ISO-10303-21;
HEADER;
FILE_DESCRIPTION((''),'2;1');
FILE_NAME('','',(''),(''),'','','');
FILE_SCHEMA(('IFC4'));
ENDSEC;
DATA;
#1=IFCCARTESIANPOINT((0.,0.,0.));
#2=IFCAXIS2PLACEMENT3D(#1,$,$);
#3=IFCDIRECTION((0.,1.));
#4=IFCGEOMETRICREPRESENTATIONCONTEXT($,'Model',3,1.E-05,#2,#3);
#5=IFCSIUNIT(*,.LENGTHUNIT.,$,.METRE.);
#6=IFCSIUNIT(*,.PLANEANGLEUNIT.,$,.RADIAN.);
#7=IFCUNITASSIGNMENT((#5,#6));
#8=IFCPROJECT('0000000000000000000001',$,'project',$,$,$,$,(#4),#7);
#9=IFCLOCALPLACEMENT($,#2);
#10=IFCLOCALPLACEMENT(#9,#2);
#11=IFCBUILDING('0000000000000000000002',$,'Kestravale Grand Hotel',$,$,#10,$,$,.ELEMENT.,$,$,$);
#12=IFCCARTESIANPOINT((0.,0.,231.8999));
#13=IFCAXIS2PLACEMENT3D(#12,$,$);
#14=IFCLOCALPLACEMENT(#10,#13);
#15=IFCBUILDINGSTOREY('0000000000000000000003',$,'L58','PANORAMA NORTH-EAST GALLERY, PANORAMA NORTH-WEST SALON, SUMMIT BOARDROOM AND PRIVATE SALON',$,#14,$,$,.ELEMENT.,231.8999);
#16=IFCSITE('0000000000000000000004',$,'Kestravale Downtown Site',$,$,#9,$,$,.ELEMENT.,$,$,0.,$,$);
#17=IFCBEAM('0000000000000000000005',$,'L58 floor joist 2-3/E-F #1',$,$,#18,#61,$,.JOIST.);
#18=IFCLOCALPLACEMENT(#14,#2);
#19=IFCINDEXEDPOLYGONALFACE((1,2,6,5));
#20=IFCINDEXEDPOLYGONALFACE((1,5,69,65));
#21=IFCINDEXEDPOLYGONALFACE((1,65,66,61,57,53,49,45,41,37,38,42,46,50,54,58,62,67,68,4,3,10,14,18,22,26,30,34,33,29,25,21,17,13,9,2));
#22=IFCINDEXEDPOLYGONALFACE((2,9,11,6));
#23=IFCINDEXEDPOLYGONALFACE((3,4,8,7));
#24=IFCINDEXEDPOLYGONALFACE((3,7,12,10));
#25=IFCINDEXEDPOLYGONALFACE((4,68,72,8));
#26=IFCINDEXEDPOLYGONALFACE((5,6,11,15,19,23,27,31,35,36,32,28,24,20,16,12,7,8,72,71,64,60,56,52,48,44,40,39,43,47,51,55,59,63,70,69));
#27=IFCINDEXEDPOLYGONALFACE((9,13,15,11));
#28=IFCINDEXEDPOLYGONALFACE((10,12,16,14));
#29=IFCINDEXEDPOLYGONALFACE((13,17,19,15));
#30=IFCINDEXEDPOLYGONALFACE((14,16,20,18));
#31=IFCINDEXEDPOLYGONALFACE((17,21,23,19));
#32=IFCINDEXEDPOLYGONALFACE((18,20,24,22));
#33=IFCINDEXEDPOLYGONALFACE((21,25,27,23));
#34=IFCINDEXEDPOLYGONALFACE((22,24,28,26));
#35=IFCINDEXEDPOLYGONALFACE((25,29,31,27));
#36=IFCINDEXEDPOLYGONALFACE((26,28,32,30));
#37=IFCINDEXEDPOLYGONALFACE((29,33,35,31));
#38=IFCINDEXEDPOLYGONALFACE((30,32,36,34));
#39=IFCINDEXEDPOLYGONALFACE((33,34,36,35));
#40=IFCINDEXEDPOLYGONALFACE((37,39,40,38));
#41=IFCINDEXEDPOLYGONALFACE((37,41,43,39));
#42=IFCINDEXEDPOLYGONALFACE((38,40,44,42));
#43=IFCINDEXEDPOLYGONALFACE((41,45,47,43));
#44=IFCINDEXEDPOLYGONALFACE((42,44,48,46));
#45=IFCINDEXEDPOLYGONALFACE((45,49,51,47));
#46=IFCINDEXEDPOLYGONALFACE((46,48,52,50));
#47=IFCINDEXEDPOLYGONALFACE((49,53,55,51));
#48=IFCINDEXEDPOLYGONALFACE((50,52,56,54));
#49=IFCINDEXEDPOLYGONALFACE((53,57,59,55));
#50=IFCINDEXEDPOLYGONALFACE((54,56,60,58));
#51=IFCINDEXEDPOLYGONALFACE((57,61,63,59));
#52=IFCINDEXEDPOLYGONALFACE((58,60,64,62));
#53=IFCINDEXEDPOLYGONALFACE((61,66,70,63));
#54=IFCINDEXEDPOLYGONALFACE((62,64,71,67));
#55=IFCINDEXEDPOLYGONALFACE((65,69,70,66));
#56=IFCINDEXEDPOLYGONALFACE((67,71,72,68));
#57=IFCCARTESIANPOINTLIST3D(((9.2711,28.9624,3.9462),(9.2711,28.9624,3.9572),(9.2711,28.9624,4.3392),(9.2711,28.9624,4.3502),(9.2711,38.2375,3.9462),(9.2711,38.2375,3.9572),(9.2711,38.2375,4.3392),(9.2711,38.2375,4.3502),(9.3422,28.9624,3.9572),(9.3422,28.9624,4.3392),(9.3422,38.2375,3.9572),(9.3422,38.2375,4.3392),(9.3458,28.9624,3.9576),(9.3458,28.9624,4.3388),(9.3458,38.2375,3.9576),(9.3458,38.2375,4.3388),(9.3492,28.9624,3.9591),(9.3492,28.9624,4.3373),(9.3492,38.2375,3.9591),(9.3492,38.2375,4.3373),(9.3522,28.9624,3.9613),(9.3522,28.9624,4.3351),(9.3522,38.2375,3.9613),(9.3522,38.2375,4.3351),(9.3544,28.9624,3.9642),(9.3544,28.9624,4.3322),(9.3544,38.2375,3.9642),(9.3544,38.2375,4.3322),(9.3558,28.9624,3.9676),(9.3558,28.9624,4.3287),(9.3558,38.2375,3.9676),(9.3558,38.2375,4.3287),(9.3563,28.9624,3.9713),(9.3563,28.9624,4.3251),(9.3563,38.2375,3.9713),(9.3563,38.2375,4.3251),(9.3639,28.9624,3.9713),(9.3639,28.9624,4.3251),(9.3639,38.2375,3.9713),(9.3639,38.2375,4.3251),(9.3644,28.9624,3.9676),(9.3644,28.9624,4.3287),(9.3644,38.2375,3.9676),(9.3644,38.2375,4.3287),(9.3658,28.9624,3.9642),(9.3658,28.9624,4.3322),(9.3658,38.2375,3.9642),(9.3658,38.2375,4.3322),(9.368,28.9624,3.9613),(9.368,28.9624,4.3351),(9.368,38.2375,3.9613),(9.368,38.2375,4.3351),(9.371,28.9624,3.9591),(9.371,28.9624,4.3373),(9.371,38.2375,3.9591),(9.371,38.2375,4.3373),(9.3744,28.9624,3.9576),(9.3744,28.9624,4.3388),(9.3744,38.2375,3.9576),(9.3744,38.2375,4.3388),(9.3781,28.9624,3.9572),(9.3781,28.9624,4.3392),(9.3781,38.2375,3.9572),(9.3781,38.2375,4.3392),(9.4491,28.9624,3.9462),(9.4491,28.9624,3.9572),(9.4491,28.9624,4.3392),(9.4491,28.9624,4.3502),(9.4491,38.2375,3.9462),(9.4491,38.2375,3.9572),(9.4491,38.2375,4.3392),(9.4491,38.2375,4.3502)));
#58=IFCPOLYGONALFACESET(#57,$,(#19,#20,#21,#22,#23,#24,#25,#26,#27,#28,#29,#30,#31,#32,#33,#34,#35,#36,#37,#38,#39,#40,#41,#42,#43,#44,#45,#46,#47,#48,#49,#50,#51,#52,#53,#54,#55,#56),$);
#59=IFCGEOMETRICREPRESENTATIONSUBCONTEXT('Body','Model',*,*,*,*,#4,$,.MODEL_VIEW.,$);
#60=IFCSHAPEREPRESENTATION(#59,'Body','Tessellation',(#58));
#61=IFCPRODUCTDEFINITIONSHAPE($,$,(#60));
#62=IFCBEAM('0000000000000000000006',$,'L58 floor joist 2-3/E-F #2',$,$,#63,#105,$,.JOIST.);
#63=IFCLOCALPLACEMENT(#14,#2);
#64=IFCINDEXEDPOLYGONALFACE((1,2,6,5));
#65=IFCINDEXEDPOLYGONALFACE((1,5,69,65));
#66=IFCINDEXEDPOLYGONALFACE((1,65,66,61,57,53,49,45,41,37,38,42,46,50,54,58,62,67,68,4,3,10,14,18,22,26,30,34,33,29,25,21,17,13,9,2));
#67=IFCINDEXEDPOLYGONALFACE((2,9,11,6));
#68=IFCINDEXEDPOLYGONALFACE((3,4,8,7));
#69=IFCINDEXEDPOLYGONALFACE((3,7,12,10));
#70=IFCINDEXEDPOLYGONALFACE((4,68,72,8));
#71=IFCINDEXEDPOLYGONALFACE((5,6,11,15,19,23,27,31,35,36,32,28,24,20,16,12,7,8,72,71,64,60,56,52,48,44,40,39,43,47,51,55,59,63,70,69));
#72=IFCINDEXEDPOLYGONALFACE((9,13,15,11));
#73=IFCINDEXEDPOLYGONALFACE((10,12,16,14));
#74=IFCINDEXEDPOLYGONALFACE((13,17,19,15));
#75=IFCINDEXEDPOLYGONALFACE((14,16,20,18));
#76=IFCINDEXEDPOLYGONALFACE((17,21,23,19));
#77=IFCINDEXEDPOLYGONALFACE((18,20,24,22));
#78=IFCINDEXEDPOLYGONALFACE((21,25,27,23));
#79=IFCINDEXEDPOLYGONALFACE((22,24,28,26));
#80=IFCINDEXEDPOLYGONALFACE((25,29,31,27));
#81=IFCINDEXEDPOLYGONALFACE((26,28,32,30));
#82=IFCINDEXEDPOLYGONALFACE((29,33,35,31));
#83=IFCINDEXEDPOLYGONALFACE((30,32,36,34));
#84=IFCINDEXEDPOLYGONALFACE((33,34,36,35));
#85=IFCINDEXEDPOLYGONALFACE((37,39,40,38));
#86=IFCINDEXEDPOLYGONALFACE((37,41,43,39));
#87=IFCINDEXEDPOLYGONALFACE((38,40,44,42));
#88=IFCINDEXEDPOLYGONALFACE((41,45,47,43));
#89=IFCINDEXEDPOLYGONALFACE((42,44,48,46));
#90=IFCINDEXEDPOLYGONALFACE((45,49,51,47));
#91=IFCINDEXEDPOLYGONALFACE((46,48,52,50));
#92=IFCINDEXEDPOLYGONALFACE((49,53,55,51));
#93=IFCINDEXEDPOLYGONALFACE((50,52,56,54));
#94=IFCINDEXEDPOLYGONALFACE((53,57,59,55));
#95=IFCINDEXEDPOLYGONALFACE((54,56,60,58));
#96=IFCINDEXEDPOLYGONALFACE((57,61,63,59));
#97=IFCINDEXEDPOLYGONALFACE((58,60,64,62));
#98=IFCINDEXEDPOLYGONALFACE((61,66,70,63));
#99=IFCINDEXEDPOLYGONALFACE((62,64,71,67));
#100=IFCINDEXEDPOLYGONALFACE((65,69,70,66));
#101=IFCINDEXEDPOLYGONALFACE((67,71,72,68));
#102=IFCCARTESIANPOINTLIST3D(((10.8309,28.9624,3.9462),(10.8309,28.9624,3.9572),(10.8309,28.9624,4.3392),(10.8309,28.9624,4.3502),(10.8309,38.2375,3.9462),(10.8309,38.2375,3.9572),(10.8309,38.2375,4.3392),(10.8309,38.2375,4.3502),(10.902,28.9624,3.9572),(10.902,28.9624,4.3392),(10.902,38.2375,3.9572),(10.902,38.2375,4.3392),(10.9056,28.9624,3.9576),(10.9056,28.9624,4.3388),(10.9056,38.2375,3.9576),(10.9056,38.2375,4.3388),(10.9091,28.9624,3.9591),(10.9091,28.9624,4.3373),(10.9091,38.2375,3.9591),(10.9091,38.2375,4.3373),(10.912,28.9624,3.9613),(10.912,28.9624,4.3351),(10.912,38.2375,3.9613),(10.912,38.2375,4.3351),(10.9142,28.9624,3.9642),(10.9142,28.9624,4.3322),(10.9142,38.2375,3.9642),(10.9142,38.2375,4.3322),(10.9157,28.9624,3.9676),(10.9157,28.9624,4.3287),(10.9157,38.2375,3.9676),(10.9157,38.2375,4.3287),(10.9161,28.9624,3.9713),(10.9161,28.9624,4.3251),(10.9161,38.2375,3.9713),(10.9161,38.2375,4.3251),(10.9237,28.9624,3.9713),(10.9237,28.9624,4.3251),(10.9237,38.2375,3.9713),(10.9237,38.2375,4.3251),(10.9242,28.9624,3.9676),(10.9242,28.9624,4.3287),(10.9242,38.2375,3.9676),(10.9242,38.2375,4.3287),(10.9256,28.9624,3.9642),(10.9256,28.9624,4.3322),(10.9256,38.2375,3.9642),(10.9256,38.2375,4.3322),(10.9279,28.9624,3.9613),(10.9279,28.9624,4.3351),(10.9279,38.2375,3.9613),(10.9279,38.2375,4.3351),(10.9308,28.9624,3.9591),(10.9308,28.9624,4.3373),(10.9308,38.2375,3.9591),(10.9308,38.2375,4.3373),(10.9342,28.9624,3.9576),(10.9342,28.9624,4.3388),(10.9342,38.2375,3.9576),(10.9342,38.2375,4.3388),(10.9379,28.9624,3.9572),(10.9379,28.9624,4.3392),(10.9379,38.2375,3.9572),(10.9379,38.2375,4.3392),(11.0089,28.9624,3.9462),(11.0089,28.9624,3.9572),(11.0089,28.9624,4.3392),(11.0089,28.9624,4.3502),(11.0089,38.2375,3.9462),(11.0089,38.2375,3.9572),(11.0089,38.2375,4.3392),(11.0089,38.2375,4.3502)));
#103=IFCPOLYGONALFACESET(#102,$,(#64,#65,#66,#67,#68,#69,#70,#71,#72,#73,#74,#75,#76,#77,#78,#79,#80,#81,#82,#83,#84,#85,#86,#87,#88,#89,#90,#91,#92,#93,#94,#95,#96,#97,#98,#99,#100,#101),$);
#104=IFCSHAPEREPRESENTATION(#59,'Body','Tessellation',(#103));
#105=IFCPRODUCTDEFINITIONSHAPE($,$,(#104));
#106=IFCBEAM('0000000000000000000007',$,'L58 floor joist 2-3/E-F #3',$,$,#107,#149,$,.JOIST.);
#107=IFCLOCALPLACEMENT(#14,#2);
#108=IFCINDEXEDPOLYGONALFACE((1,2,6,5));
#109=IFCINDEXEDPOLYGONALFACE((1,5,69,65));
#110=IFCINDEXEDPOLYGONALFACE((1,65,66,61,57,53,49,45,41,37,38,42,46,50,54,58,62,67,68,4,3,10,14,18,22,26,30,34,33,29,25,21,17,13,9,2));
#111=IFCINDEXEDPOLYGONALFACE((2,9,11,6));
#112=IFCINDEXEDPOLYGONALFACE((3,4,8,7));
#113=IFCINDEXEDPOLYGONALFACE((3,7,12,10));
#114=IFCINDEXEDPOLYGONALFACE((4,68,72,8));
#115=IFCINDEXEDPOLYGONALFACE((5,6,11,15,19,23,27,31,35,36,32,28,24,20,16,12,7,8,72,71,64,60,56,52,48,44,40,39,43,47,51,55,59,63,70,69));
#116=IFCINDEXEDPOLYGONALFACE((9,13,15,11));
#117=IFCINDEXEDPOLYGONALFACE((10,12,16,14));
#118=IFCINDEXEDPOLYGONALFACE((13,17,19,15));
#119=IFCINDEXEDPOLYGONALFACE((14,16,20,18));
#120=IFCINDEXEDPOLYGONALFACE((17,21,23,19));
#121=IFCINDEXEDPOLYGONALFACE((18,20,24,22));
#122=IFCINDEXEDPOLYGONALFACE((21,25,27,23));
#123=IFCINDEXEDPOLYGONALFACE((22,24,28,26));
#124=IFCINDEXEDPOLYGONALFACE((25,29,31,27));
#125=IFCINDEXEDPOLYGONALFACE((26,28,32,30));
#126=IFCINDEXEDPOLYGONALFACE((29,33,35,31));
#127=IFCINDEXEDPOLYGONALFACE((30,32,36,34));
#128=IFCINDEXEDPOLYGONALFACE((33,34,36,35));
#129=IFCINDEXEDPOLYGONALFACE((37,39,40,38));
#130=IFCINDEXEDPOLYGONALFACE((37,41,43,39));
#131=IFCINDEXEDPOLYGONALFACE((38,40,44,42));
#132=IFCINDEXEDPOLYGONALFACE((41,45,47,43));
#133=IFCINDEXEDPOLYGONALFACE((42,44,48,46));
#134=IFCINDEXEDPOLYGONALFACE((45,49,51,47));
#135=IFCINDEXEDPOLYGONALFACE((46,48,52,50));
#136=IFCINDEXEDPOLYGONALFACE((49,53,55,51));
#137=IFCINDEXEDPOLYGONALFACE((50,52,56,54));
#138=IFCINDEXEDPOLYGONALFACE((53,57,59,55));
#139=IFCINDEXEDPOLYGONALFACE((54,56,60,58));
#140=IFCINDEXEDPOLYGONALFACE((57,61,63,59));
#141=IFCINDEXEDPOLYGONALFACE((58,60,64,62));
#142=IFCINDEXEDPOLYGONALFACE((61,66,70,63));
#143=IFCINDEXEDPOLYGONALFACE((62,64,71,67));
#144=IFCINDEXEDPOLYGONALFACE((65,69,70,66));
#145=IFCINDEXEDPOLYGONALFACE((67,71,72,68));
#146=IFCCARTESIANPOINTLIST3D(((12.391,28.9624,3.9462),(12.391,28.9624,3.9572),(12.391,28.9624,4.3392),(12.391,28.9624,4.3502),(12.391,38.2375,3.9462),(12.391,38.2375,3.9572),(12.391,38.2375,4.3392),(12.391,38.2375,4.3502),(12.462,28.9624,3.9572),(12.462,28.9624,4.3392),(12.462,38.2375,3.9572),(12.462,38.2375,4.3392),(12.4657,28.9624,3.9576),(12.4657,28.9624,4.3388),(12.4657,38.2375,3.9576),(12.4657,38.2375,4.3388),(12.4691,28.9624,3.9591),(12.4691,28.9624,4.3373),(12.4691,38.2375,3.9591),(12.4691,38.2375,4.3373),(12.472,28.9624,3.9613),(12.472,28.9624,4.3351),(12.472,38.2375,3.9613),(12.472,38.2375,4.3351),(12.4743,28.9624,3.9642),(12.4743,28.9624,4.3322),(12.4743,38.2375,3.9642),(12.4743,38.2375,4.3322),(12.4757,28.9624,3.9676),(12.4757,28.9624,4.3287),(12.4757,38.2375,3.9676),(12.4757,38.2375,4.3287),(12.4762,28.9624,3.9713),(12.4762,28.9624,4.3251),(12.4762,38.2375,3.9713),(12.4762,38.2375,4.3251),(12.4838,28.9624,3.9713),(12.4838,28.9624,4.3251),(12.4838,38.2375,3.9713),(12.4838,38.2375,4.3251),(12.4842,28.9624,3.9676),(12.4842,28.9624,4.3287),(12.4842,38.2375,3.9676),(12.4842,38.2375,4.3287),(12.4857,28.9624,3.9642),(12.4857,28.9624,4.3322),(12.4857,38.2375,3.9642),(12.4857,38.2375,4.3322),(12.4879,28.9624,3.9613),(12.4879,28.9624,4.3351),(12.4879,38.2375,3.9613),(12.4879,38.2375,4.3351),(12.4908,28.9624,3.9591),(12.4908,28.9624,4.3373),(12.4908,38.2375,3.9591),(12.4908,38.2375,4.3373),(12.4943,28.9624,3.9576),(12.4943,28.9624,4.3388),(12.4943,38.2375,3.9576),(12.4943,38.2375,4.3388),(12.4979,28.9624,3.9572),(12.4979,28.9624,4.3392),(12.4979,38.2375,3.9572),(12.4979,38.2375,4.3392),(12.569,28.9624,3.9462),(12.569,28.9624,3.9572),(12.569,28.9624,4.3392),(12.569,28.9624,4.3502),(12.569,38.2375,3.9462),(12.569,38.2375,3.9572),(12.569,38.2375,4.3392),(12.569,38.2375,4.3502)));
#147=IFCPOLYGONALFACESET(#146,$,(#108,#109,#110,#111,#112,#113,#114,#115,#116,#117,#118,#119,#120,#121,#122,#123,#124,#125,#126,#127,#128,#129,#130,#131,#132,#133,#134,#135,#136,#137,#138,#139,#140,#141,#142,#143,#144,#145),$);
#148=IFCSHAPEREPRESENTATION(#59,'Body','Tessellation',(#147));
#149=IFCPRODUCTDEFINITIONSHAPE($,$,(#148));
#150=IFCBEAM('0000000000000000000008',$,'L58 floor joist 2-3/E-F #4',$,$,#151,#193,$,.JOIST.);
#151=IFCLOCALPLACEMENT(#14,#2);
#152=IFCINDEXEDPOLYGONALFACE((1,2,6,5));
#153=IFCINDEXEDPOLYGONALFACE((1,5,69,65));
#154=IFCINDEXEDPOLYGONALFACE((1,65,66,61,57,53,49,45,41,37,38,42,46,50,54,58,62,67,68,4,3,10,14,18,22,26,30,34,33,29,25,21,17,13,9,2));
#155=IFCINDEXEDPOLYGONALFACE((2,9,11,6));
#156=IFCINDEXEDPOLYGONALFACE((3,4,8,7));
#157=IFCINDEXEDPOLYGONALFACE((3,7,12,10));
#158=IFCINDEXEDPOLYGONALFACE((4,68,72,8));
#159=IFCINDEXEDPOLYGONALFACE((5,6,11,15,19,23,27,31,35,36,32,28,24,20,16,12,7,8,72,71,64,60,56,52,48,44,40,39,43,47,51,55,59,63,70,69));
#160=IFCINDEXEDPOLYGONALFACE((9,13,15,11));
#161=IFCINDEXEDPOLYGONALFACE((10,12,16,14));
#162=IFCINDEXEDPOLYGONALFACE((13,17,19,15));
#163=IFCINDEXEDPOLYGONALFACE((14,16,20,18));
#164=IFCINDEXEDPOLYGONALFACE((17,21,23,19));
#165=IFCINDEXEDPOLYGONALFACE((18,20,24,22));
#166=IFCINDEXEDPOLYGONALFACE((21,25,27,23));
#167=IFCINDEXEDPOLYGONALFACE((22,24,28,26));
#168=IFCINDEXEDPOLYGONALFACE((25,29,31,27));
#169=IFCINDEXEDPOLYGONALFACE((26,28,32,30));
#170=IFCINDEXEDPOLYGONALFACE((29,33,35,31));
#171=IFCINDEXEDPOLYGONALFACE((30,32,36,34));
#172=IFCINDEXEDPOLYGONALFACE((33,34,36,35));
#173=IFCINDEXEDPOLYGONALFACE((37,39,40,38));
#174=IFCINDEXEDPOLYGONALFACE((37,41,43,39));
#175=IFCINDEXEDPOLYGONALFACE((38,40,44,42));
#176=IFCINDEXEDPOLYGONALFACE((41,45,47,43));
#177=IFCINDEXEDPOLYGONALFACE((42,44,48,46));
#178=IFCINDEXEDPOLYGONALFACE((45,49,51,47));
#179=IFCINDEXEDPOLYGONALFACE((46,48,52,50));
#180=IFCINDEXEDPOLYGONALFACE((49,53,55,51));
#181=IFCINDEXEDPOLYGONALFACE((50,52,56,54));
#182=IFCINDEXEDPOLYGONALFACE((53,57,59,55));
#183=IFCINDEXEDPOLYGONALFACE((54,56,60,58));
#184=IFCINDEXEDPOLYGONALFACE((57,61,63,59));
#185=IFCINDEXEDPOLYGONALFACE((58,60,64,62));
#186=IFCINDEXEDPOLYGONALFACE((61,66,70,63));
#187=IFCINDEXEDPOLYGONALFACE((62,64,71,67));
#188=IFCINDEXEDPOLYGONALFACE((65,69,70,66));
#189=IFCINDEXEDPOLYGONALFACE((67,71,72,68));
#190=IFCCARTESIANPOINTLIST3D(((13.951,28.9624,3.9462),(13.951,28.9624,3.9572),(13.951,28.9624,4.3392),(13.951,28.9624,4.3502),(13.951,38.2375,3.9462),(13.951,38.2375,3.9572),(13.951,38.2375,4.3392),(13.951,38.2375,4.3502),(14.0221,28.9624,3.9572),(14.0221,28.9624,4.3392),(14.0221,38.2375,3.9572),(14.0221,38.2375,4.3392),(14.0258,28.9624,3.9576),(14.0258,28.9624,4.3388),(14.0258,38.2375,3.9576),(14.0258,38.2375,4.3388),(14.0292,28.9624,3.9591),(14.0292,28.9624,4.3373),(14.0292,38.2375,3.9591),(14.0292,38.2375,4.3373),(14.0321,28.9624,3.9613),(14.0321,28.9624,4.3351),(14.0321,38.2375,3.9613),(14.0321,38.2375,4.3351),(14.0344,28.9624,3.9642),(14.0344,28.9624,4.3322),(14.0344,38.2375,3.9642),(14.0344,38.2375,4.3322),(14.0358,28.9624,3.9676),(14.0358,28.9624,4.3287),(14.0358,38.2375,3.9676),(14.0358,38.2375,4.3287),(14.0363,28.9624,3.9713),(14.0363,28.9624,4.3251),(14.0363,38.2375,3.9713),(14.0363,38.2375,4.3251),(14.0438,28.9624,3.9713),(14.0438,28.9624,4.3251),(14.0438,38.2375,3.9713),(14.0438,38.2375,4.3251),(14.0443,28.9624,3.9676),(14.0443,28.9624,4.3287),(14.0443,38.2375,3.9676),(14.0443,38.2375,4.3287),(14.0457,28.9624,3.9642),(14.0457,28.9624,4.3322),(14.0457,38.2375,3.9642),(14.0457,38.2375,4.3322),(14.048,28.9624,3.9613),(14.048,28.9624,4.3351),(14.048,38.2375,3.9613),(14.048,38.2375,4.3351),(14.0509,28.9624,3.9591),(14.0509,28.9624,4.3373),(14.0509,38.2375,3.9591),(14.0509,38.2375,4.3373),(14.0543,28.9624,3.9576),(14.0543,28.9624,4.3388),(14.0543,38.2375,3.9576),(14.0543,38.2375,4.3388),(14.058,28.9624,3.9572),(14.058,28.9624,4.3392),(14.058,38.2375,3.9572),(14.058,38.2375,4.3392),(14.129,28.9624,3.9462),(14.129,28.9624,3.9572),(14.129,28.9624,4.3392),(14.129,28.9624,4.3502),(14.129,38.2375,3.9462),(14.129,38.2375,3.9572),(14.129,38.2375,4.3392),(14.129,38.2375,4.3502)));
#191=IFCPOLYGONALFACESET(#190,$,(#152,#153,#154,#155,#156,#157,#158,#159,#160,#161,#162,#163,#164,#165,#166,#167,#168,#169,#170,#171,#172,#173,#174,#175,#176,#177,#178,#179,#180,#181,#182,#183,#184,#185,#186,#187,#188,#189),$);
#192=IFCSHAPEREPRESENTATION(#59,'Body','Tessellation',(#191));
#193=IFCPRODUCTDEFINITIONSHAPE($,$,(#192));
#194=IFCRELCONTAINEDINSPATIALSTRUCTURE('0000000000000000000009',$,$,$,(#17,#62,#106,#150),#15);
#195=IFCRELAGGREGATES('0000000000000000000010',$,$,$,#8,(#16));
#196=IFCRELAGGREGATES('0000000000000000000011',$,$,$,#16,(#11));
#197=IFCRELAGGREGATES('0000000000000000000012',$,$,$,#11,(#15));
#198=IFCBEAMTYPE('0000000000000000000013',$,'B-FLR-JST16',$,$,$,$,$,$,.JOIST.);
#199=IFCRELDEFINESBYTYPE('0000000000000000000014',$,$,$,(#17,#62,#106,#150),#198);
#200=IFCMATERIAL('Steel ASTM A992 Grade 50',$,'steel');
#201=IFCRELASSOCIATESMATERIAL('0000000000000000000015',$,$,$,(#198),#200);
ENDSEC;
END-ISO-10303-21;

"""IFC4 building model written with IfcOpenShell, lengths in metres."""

from ifc_helpers import new_model, si_unit, direction, frame, origin, origin_2d, place, context, subcontext, project, spatial, i_section, extrude, material, material_profile, profile_set, type_object, element, save


model = new_model("IFC4")

# Units and contexts
model_context = context("Model", 3, precision=1e-05, world=origin(), true_north=direction((0.0, 1.0)))
body_context = subcontext(model_context, "Body", "Model", "MODEL_VIEW")
ifc_project = project(units=[si_unit("LENGTHUNIT", "METRE"), si_unit("PLANEANGLEUNIT", "RADIAN")], contexts=[model_context])

# Site, building, storey
site_placement = place(None, origin())
site = spatial("IfcSite", under=ifc_project, at=site_placement, Name="Kestravale Downtown Site", CompositionType="ELEMENT", RefElevation=0.0)
building_placement = place(site_placement, origin())
building = spatial("IfcBuilding", under=site, at=building_placement, Name="Kestravale Grand Hotel", CompositionType="ELEMENT")
storey_placement = place(building_placement, frame((0.0, 0.0, 231.8999)))
storey = spatial("IfcBuildingStorey", under=building, at=storey_placement, Name="L58", Description="PANORAMA NORTH-EAST GALLERY, PANORAMA NORTH-WEST SALON, SUMMIT BOARDROOM AND PRIVATE SALON", CompositionType="ELEMENT", Elevation=231.8999)

# Beams
ifc_material_1 = material(Name="Steel ASTM A992 Grade 50", Category="steel")
ifc_material_profile_1 = material_profile(ifc_material_1, i_section(OverallWidth=0.178, OverallDepth=0.4041, WebThickness=0.0076, FlangeThickness=0.011, FilletRadius=0.0142, at=origin_2d()))
ifc_profile_set_1 = profile_set([ifc_material_profile_1], Name="Steel ASTM A992 Grade 50")
beam_type_1 = type_object("IfcBeamType", Name="B-FLR-JST16", PredefinedType="JOIST", material=ifc_profile_set_1)
for number, where, z_axis, x_axis, name in (
    (1, (9.3601, 28.9624, 4.1482), (0.0, 1.0, 0.0), (-1.0, 0.0, 0.0), "L58 floor joist 2-3/E-F #1"),
    (2, (10.9199, 28.9624, 4.1482), (0.0, 1.0, 0.0), (-1.0, 0.0, 0.0), "L58 floor joist 2-3/E-F #2"),
    (3, (12.48, 28.9624, 4.1482), (0.0, 1.0, 0.0), (-1.0, 0.0, 0.0), "L58 floor joist 2-3/E-F #3"),
    (4, (14.04, 28.9624, 4.1482), (0.0, 1.0, 0.0), (-1.0, 0.0, 0.0), "L58 floor joist 2-3/E-F #4"),
):
    element("IfcBeam", number, at=place(storey_placement, frame(where, z_axis=z_axis, x_axis=x_axis)), inside=storey, type_object=beam_type_1, Name=name, PredefinedType="JOIST", context=body_context, shape_type="SweptSolid", body=[
        extrude(i_section(OverallWidth=0.178, OverallDepth=0.4041, WebThickness=0.0076, FlangeThickness=0.011, FilletRadius=0.0142, at=origin_2d()), origin(), (0.0, 0.0, 1.0), 9.2751),
    ])

save(model, "model.ifc")
